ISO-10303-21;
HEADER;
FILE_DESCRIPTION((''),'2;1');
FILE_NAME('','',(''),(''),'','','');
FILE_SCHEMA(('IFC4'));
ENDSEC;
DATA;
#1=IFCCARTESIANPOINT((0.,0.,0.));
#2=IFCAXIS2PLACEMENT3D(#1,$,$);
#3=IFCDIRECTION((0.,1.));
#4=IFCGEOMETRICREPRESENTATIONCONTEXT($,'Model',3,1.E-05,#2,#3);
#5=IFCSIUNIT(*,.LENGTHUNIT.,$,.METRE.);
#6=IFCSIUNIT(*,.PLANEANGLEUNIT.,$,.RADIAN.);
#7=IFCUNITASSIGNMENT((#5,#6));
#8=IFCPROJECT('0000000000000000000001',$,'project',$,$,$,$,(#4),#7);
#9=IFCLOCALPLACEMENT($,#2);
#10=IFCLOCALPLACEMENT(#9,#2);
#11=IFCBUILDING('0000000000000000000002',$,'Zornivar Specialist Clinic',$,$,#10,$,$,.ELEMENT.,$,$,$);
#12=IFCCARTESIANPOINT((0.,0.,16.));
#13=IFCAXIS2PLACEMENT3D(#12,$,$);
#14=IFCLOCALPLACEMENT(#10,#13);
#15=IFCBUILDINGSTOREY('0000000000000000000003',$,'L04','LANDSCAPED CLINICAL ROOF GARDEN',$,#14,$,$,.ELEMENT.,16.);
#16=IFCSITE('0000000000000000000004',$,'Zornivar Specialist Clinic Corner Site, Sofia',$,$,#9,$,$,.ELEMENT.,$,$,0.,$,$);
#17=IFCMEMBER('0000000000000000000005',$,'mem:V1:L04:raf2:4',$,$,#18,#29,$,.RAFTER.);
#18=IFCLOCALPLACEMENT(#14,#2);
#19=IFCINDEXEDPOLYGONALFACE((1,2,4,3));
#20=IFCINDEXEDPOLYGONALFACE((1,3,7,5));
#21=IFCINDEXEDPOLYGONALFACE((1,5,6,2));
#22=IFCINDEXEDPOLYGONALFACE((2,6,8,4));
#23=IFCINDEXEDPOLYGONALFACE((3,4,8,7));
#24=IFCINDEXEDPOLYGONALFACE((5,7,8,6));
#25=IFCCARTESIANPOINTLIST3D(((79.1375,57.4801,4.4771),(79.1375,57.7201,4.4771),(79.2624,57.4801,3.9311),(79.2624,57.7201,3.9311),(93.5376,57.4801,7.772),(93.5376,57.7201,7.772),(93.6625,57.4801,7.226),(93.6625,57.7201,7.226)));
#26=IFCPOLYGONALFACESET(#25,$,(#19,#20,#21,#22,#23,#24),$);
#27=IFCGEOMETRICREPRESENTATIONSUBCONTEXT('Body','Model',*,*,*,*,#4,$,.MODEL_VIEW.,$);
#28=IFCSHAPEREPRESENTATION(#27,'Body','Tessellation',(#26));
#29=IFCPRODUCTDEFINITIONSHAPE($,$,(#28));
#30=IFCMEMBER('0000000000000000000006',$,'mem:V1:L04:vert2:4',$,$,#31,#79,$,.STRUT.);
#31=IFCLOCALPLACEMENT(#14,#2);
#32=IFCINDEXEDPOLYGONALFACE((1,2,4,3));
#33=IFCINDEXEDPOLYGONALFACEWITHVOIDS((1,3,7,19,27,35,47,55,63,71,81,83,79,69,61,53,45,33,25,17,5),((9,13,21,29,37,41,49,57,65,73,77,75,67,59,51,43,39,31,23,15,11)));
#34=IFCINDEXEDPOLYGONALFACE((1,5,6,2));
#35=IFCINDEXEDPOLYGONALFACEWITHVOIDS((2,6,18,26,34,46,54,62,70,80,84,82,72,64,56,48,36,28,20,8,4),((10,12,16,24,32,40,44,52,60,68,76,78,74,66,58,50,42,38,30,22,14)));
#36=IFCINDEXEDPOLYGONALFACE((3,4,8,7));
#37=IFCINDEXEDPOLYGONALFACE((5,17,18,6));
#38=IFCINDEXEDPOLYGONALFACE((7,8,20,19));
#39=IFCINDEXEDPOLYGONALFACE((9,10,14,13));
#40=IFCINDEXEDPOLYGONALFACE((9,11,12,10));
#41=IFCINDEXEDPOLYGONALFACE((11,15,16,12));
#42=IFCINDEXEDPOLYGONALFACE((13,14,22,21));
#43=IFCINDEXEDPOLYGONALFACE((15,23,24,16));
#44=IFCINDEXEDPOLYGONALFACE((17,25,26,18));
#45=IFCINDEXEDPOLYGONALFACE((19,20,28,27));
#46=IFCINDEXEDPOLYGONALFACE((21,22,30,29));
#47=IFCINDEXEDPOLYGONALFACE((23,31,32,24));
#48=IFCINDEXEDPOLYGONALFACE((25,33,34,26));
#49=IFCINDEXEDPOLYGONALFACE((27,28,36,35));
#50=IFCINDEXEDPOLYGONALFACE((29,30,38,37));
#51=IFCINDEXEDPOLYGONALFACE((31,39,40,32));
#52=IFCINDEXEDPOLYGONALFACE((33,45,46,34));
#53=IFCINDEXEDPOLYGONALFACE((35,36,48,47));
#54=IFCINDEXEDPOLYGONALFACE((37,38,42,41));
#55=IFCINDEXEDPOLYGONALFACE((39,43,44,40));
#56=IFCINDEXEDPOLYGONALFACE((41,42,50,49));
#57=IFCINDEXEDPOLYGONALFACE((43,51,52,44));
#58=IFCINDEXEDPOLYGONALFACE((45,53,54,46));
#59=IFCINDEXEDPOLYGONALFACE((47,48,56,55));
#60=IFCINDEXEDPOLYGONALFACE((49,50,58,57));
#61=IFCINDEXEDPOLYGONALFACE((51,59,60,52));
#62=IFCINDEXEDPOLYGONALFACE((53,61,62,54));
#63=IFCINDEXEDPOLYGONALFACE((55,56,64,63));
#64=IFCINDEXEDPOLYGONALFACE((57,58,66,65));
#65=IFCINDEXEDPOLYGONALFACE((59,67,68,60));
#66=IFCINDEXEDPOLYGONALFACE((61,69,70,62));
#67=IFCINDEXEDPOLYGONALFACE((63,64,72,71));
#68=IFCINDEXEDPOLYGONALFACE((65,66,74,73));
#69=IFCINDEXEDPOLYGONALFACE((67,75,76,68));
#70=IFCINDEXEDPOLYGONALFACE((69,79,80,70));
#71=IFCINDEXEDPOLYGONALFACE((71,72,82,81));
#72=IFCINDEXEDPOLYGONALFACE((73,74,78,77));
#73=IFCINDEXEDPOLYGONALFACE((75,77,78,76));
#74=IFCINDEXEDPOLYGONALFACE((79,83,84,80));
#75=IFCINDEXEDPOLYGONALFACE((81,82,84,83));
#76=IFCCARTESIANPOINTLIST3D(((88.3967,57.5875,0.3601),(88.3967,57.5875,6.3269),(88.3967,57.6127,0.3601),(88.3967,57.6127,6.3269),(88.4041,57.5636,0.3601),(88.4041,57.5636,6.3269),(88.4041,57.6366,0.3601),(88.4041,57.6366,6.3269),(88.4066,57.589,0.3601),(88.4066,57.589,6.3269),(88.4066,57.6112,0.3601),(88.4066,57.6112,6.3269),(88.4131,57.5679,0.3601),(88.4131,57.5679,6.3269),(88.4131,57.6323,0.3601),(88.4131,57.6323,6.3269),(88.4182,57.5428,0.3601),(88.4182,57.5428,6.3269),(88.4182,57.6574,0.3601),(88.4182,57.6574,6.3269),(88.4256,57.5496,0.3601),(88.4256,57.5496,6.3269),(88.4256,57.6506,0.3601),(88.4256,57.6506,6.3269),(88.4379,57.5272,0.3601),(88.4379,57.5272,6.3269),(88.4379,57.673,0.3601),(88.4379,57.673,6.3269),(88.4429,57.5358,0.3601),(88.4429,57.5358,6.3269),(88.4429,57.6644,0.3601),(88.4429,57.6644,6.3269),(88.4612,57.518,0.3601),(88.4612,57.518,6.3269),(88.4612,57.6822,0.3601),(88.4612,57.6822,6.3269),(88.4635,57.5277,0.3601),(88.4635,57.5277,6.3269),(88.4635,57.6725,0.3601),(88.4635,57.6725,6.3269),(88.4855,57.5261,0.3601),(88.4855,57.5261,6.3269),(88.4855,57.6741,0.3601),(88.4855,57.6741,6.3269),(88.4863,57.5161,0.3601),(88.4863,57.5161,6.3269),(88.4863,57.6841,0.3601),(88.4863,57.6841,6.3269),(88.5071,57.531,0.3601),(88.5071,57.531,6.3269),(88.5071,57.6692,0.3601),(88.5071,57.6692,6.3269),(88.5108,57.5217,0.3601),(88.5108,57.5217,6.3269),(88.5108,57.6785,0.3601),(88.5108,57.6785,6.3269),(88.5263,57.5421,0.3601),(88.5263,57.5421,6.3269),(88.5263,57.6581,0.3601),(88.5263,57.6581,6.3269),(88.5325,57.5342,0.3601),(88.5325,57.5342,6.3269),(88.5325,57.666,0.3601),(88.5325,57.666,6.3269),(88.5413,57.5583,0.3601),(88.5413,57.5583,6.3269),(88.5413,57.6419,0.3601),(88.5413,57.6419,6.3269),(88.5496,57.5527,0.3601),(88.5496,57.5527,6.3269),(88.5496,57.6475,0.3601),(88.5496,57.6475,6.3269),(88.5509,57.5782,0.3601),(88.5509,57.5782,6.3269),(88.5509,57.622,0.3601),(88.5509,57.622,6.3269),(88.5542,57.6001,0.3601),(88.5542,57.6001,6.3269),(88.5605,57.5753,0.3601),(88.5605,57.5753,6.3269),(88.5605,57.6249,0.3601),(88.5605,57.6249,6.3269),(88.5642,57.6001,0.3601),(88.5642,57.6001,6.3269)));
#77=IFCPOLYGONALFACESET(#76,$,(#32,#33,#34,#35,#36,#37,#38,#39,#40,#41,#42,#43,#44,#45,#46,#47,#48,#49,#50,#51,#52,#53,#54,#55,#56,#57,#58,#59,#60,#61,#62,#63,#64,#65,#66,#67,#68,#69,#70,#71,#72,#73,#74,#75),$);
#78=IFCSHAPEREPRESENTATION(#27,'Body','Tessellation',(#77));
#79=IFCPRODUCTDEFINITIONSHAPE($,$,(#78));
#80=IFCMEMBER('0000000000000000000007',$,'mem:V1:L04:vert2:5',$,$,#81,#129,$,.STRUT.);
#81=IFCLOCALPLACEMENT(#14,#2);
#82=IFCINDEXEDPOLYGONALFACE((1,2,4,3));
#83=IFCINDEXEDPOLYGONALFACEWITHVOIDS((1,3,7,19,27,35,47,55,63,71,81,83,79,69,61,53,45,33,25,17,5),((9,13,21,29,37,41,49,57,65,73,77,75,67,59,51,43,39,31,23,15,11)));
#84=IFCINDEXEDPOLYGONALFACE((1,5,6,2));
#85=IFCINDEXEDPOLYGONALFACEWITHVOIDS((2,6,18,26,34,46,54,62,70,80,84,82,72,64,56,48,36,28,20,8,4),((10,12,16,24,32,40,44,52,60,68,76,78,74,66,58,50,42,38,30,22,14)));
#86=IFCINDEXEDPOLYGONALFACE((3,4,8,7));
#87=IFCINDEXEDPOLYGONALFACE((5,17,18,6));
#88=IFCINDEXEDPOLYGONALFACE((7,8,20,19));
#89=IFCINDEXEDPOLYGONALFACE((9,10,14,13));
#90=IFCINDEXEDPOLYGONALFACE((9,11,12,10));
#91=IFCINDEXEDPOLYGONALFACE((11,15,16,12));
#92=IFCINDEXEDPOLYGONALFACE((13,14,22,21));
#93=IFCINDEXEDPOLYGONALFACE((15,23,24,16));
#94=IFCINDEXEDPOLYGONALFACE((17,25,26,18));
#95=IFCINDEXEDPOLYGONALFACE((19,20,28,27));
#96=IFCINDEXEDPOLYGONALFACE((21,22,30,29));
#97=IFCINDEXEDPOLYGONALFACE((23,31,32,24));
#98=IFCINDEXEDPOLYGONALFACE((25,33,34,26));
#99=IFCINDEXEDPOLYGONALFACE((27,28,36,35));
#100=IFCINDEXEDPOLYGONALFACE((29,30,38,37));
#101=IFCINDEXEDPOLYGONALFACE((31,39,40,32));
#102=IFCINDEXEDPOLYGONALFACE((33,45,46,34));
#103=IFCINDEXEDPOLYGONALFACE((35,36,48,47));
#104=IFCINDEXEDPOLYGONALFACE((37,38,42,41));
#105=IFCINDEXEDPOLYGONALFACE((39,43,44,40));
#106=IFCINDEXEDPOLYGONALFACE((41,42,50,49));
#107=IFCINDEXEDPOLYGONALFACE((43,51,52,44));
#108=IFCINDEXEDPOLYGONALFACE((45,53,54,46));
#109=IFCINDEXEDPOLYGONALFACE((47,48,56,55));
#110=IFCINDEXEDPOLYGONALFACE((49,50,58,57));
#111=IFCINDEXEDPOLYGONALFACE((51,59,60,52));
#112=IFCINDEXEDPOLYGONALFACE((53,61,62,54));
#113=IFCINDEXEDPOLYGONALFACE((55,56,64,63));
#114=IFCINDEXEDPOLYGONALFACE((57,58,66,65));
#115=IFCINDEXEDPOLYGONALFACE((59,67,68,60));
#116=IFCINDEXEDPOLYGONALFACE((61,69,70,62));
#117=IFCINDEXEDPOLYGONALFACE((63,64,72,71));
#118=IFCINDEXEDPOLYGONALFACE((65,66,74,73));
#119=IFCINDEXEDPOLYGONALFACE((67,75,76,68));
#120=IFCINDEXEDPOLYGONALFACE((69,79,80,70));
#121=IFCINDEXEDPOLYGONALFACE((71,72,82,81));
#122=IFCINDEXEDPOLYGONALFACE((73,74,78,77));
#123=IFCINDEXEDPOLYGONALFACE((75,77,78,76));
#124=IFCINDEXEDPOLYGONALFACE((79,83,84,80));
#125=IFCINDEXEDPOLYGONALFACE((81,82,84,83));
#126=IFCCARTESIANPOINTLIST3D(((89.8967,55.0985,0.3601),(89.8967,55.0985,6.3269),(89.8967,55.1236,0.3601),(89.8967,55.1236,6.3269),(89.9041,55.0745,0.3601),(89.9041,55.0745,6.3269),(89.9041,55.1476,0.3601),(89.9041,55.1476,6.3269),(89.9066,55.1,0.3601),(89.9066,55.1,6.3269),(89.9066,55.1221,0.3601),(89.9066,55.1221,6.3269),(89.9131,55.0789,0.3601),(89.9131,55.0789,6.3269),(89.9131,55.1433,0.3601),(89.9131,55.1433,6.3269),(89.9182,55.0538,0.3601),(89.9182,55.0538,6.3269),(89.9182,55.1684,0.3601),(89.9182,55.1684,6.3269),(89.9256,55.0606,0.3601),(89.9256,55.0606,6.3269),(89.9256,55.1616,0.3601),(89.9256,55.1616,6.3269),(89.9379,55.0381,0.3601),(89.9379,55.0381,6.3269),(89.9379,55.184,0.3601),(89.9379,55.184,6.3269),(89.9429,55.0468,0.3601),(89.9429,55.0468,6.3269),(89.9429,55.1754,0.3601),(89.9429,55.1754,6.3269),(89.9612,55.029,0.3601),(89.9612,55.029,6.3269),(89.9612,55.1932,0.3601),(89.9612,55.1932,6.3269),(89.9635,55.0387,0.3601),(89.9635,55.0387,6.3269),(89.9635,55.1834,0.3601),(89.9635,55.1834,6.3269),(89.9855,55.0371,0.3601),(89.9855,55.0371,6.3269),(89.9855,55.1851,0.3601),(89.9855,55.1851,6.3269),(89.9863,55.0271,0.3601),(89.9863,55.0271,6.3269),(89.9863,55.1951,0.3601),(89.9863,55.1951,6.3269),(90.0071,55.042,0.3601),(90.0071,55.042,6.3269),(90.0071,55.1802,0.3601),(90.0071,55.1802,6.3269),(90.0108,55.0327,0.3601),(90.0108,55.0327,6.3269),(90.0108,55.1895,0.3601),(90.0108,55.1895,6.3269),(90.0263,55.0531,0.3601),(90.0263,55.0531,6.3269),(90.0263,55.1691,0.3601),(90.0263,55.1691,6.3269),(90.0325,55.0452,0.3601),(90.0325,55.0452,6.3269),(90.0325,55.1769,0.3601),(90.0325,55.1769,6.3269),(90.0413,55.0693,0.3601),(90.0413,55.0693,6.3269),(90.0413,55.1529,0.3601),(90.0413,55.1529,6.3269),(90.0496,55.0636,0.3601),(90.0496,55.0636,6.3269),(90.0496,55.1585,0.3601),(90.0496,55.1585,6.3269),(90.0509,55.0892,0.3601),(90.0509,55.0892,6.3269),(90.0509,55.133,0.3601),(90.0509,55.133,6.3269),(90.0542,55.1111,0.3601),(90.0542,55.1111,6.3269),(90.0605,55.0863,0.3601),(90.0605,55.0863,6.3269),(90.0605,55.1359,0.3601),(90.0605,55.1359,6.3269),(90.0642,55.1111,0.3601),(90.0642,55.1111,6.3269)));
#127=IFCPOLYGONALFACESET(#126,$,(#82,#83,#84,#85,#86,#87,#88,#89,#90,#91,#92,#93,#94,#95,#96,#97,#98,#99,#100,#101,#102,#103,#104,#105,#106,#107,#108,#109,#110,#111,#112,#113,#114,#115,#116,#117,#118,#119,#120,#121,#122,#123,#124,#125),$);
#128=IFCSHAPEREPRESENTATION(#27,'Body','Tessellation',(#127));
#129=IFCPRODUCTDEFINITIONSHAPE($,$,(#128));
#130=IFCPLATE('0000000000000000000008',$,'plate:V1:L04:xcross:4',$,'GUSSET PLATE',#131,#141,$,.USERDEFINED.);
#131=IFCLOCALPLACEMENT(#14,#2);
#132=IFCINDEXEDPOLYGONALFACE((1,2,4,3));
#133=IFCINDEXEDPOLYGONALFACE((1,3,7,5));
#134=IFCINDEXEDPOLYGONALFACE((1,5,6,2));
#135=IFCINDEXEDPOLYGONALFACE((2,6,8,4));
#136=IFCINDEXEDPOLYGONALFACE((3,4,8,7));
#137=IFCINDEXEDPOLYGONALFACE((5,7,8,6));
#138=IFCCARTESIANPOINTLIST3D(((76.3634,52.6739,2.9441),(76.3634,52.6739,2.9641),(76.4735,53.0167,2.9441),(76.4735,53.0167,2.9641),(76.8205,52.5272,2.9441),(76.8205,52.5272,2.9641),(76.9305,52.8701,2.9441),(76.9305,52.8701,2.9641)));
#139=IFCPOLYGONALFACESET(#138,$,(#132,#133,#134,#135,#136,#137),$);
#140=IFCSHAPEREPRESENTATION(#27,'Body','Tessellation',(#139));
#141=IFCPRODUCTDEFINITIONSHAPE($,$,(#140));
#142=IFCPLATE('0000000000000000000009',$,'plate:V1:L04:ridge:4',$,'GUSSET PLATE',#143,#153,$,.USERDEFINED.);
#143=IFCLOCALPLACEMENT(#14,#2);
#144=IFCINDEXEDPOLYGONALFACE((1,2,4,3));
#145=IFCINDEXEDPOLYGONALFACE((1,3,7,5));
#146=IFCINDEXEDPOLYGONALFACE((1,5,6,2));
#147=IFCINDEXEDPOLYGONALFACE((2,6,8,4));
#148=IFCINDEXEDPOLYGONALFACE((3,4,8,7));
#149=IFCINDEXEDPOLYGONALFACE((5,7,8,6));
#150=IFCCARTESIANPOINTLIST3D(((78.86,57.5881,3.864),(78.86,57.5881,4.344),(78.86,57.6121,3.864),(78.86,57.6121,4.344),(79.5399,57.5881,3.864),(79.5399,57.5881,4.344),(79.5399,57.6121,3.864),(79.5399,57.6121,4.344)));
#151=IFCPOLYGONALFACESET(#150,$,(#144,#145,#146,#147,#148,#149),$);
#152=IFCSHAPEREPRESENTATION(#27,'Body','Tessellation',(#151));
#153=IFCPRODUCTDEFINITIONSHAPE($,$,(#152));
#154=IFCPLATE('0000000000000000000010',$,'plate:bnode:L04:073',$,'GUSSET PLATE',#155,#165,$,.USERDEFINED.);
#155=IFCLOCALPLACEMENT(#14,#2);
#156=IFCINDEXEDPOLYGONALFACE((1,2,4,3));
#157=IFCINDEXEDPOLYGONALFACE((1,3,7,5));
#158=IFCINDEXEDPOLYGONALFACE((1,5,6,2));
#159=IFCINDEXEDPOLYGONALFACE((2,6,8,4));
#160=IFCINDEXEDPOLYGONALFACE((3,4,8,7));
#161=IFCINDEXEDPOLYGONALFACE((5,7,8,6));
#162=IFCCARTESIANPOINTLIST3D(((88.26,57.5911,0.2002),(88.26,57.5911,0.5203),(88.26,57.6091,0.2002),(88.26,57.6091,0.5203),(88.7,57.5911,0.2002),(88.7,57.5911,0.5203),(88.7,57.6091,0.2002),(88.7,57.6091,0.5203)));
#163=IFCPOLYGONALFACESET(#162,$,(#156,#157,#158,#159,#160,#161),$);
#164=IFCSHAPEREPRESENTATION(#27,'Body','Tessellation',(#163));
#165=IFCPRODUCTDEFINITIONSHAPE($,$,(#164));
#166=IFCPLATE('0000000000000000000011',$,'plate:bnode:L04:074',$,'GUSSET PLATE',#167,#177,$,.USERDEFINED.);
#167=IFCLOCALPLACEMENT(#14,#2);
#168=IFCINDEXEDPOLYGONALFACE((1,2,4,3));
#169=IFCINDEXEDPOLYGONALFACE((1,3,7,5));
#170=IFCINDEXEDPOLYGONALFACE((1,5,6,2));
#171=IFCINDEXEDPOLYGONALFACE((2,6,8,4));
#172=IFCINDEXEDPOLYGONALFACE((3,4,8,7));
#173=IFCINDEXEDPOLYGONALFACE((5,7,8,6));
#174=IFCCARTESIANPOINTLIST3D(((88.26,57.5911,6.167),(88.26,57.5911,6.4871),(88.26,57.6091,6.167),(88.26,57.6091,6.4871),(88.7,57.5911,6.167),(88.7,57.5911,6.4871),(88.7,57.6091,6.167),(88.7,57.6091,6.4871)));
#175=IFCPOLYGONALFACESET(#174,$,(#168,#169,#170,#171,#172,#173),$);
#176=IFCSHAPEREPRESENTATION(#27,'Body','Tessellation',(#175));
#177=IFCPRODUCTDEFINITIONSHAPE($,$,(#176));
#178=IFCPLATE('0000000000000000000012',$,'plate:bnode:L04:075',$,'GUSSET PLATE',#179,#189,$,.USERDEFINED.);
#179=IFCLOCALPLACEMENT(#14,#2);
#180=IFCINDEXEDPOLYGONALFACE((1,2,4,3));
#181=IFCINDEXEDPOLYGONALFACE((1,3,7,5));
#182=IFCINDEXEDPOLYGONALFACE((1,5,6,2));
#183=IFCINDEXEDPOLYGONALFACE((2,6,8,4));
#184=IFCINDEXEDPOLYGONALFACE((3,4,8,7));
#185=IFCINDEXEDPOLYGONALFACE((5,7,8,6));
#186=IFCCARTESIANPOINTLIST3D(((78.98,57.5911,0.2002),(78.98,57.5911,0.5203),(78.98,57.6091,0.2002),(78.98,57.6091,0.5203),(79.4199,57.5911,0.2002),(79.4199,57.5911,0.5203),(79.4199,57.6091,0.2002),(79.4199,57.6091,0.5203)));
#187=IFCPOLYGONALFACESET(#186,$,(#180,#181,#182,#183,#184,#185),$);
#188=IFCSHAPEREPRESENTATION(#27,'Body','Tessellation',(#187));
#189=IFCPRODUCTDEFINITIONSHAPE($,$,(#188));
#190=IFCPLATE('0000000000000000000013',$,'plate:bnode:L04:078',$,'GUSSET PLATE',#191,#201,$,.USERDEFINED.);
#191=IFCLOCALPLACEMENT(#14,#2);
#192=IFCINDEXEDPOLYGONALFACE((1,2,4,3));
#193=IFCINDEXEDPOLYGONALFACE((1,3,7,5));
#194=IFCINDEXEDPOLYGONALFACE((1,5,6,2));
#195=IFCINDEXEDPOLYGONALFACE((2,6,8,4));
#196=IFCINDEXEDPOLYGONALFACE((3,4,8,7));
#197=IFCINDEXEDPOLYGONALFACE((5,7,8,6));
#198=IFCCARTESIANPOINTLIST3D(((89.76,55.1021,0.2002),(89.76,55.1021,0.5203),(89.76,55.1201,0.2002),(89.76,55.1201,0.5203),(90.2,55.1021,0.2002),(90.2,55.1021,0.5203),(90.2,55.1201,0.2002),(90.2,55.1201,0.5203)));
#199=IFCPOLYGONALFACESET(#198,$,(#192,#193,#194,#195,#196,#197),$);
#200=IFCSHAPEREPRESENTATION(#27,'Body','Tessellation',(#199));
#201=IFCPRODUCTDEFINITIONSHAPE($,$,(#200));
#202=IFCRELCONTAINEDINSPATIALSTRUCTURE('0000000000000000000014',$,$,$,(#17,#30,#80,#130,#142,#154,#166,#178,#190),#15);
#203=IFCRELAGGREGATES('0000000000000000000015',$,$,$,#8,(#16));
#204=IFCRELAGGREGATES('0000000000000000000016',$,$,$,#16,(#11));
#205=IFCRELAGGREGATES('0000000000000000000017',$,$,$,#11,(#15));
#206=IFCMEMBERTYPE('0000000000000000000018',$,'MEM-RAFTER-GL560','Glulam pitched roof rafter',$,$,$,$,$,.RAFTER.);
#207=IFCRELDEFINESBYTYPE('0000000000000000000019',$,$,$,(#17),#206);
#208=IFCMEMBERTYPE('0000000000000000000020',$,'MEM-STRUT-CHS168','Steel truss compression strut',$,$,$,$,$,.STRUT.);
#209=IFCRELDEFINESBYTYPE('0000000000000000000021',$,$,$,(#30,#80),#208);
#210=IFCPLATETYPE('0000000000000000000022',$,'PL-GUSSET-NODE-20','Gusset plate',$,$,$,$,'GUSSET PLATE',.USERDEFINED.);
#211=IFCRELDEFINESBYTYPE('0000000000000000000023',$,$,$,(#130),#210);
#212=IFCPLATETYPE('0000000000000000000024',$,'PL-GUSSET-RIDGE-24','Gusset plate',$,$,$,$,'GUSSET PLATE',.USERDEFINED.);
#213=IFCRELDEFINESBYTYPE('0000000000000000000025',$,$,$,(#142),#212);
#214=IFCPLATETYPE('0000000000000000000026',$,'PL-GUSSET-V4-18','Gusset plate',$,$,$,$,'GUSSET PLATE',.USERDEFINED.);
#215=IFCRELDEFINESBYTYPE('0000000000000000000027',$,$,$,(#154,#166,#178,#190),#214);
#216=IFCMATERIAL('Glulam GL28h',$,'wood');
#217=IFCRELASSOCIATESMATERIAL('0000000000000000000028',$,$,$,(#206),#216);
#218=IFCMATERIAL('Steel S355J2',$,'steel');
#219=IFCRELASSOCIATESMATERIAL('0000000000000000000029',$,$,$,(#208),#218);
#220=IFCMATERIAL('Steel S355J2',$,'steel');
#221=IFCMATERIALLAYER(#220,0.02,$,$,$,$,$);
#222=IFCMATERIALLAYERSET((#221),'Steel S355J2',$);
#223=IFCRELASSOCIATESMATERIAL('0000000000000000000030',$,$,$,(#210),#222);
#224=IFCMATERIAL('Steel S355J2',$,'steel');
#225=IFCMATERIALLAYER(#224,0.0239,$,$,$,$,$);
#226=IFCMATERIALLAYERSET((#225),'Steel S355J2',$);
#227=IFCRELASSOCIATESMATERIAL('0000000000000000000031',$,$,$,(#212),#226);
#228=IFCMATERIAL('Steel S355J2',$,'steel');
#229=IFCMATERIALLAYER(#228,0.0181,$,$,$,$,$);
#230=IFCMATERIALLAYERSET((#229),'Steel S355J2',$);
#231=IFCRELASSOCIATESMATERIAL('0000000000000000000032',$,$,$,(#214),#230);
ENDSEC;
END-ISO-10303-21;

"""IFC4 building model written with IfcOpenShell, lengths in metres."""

from ifc_helpers import new_model, si_unit, direction, frame, origin, origin_2d, place, context, subcontext, project, spatial, rectangle, hollow_circle, extrude, material, layer, layer_set, material_profile, profile_set, type_object, element, save


model = new_model("IFC4")

# Units and contexts
model_context = context("Model", 3, precision=1e-05, world=origin(), true_north=direction((0.0, 1.0)))
body_context = subcontext(model_context, "Body", "Model", "MODEL_VIEW")
ifc_project = project(units=[si_unit("LENGTHUNIT", "METRE"), si_unit("PLANEANGLEUNIT", "RADIAN")], contexts=[model_context])

# Site, building, storey
site_placement = place(None, origin())
site = spatial("IfcSite", under=ifc_project, at=site_placement, Name="Zornivar Specialist Clinic Corner Site, Sofia", CompositionType="ELEMENT", RefElevation=0.0)
building_placement = place(site_placement, origin())
building = spatial("IfcBuilding", under=site, at=building_placement, Name="Zornivar Specialist Clinic", CompositionType="ELEMENT")
storey_placement = place(building_placement, frame((0.0, 0.0, 16.0)))
storey = spatial("IfcBuildingStorey", under=building, at=storey_placement, Name="L04", Description="LANDSCAPED CLINICAL ROOF GARDEN", CompositionType="ELEMENT", Elevation=16.0)

# Members
ifc_material_1 = material(Name="Glulam GL28h", Category="wood")
ifc_material_profile_1 = material_profile(ifc_material_1, rectangle(XDim=0.24, YDim=0.5601, at=origin_2d()), Name="GL28h 240x560")
ifc_profile_set_1 = profile_set([ifc_material_profile_1], Name="Glulam GL28h")
member_type_1 = type_object("IfcMemberType", Name="MEM-RAFTER-GL560", Description="Glulam pitched roof rafter", PredefinedType="RAFTER", material=ifc_profile_set_1)
member_1_placement = place(storey_placement, frame((79.2, 57.6001, 4.2041), z_axis=(0.974808, 0.0, 0.223047), x_axis=(0.0, 1.0, 0.0)))
element("IfcMember", 1, at=member_1_placement, inside=storey, type_object=member_type_1, Name="mem:V1:L04:raf2:4", PredefinedType="RAFTER", context=body_context, shape_type="SweptSolid", body=[
    extrude(rectangle(XDim=0.24, YDim=0.5601, at=origin_2d()), origin(), (0.0, 0.0, 1.0), 14.7722),
])
ifc_material_2 = material(Name="Steel S355J2", Category="steel")
ifc_material_profile_2 = material_profile(ifc_material_2, hollow_circle(Radius=0.0842, WallThickness=0.01, at=origin_2d()), Name="CHS 168.3x10")
ifc_profile_set_2 = profile_set([ifc_material_profile_2], Name="Steel S355J2")
member_type_2 = type_object("IfcMemberType", Name="MEM-STRUT-CHS168", Description="Steel truss compression strut", PredefinedType="STRUT", material=ifc_profile_set_2)
for number, where, z_axis, x_axis, name in (
    (2, (88.48, 57.6001, 0.3601), (0.0, 0.0, 1.0), (1.0, 0.0, 0.0), "mem:V1:L04:vert2:4"),
    (3, (89.98, 55.1111, 0.3601), (0.0, 0.0, 1.0), (1.0, 0.0, 0.0), "mem:V1:L04:vert2:5"),
):
    element("IfcMember", number, at=place(storey_placement, frame(where, z_axis=z_axis, x_axis=x_axis)), inside=storey, type_object=member_type_2, Name=name, PredefinedType="STRUT", context=body_context, shape_type="SweptSolid", body=[
        extrude(hollow_circle(Radius=0.0842, WallThickness=0.01, at=origin_2d()), origin(), (0.0, 0.0, 1.0), 5.9668),
    ])

# Plates
ifc_material_3 = material(Name="Steel S355J2", Category="steel")
ifc_layer_1 = layer(ifc_material_3, 0.02)
ifc_layer_set_1 = layer_set([ifc_layer_1], Name="Steel S355J2")
plate_type_1 = type_object("IfcPlateType", Name="PL-GUSSET-NODE-20", Description="Gusset plate", ElementType="GUSSET PLATE", PredefinedType="USERDEFINED", material=ifc_layer_set_1)
plate_1_placement = place(storey_placement, frame((76.647, 52.772, 2.9441), z_axis=(0.0, 0.0, 1.0), x_axis=(-0.952183, 0.305529, 0.0)))
element("IfcPlate", 4, at=plate_1_placement, inside=storey, type_object=plate_type_1, Name="plate:V1:L04:xcross:4", ObjectType="GUSSET PLATE", PredefinedType="USERDEFINED", context=body_context, shape_type="SweptSolid", body=[
    extrude(rectangle(XDim=0.48, YDim=0.3601, at=origin_2d()), origin(), (0.0, 0.0, 1.0), 0.02),
])
ifc_material_4 = material(Name="Steel S355J2", Category="steel")
ifc_layer_2 = layer(ifc_material_4, 0.0239)
ifc_layer_set_2 = layer_set([ifc_layer_2], Name="Steel S355J2")
plate_type_2 = type_object("IfcPlateType", Name="PL-GUSSET-RIDGE-24", Description="Gusset plate", ElementType="GUSSET PLATE", PredefinedType="USERDEFINED", material=ifc_layer_set_2)
plate_2_placement = place(storey_placement, frame((79.2, 57.6001, 3.864), z_axis=(0.0, 0.0, 1.0), x_axis=(-1.0, 0.0, 0.0)))
element("IfcPlate", 5, at=plate_2_placement, inside=storey, type_object=plate_type_2, Name="plate:V1:L04:ridge:4", ObjectType="GUSSET PLATE", PredefinedType="USERDEFINED", context=body_context, shape_type="SweptSolid", body=[
    extrude(rectangle(XDim=0.6799, YDim=0.0239, at=origin_2d()), origin(), (0.0, 0.0, 1.0), 0.48),
])
ifc_material_5 = material(Name="Steel S355J2", Category="steel")
ifc_layer_3 = layer(ifc_material_5, 0.0181)
ifc_layer_set_3 = layer_set([ifc_layer_3], Name="Steel S355J2")
plate_type_3 = type_object("IfcPlateType", Name="PL-GUSSET-V4-18", Description="Gusset plate", ElementType="GUSSET PLATE", PredefinedType="USERDEFINED", material=ifc_layer_set_3)
for number, where, z_axis, x_axis, name in (
    (6, (88.48, 57.6001, 0.2002), (0.0, 0.0, 1.0), (1.0, 0.0, 0.0), "plate:bnode:L04:073"),
    (7, (88.48, 57.6001, 6.167), (0.0, 0.0, 1.0), (1.0, 0.0, 0.0), "plate:bnode:L04:074"),
    (8, (79.2, 57.6001, 0.2002), (0.0, 0.0, 1.0), (1.0, 0.0, 0.0), "plate:bnode:L04:075"),
    (9, (89.98, 55.1111, 0.2002), (0.0, 0.0, 1.0), (1.0, 0.0, 0.0), "plate:bnode:L04:078"),
):
    element("IfcPlate", number, at=place(storey_placement, frame(where, z_axis=z_axis, x_axis=x_axis)), inside=storey, type_object=plate_type_3, Name=name, ObjectType="GUSSET PLATE", PredefinedType="USERDEFINED", context=body_context, shape_type="SweptSolid", body=[
        extrude(rectangle(XDim=0.4399, YDim=0.0181, at=origin_2d()), origin(), (0.0, 0.0, 1.0), 0.3201),
    ])

save(model, "model.ifc")
